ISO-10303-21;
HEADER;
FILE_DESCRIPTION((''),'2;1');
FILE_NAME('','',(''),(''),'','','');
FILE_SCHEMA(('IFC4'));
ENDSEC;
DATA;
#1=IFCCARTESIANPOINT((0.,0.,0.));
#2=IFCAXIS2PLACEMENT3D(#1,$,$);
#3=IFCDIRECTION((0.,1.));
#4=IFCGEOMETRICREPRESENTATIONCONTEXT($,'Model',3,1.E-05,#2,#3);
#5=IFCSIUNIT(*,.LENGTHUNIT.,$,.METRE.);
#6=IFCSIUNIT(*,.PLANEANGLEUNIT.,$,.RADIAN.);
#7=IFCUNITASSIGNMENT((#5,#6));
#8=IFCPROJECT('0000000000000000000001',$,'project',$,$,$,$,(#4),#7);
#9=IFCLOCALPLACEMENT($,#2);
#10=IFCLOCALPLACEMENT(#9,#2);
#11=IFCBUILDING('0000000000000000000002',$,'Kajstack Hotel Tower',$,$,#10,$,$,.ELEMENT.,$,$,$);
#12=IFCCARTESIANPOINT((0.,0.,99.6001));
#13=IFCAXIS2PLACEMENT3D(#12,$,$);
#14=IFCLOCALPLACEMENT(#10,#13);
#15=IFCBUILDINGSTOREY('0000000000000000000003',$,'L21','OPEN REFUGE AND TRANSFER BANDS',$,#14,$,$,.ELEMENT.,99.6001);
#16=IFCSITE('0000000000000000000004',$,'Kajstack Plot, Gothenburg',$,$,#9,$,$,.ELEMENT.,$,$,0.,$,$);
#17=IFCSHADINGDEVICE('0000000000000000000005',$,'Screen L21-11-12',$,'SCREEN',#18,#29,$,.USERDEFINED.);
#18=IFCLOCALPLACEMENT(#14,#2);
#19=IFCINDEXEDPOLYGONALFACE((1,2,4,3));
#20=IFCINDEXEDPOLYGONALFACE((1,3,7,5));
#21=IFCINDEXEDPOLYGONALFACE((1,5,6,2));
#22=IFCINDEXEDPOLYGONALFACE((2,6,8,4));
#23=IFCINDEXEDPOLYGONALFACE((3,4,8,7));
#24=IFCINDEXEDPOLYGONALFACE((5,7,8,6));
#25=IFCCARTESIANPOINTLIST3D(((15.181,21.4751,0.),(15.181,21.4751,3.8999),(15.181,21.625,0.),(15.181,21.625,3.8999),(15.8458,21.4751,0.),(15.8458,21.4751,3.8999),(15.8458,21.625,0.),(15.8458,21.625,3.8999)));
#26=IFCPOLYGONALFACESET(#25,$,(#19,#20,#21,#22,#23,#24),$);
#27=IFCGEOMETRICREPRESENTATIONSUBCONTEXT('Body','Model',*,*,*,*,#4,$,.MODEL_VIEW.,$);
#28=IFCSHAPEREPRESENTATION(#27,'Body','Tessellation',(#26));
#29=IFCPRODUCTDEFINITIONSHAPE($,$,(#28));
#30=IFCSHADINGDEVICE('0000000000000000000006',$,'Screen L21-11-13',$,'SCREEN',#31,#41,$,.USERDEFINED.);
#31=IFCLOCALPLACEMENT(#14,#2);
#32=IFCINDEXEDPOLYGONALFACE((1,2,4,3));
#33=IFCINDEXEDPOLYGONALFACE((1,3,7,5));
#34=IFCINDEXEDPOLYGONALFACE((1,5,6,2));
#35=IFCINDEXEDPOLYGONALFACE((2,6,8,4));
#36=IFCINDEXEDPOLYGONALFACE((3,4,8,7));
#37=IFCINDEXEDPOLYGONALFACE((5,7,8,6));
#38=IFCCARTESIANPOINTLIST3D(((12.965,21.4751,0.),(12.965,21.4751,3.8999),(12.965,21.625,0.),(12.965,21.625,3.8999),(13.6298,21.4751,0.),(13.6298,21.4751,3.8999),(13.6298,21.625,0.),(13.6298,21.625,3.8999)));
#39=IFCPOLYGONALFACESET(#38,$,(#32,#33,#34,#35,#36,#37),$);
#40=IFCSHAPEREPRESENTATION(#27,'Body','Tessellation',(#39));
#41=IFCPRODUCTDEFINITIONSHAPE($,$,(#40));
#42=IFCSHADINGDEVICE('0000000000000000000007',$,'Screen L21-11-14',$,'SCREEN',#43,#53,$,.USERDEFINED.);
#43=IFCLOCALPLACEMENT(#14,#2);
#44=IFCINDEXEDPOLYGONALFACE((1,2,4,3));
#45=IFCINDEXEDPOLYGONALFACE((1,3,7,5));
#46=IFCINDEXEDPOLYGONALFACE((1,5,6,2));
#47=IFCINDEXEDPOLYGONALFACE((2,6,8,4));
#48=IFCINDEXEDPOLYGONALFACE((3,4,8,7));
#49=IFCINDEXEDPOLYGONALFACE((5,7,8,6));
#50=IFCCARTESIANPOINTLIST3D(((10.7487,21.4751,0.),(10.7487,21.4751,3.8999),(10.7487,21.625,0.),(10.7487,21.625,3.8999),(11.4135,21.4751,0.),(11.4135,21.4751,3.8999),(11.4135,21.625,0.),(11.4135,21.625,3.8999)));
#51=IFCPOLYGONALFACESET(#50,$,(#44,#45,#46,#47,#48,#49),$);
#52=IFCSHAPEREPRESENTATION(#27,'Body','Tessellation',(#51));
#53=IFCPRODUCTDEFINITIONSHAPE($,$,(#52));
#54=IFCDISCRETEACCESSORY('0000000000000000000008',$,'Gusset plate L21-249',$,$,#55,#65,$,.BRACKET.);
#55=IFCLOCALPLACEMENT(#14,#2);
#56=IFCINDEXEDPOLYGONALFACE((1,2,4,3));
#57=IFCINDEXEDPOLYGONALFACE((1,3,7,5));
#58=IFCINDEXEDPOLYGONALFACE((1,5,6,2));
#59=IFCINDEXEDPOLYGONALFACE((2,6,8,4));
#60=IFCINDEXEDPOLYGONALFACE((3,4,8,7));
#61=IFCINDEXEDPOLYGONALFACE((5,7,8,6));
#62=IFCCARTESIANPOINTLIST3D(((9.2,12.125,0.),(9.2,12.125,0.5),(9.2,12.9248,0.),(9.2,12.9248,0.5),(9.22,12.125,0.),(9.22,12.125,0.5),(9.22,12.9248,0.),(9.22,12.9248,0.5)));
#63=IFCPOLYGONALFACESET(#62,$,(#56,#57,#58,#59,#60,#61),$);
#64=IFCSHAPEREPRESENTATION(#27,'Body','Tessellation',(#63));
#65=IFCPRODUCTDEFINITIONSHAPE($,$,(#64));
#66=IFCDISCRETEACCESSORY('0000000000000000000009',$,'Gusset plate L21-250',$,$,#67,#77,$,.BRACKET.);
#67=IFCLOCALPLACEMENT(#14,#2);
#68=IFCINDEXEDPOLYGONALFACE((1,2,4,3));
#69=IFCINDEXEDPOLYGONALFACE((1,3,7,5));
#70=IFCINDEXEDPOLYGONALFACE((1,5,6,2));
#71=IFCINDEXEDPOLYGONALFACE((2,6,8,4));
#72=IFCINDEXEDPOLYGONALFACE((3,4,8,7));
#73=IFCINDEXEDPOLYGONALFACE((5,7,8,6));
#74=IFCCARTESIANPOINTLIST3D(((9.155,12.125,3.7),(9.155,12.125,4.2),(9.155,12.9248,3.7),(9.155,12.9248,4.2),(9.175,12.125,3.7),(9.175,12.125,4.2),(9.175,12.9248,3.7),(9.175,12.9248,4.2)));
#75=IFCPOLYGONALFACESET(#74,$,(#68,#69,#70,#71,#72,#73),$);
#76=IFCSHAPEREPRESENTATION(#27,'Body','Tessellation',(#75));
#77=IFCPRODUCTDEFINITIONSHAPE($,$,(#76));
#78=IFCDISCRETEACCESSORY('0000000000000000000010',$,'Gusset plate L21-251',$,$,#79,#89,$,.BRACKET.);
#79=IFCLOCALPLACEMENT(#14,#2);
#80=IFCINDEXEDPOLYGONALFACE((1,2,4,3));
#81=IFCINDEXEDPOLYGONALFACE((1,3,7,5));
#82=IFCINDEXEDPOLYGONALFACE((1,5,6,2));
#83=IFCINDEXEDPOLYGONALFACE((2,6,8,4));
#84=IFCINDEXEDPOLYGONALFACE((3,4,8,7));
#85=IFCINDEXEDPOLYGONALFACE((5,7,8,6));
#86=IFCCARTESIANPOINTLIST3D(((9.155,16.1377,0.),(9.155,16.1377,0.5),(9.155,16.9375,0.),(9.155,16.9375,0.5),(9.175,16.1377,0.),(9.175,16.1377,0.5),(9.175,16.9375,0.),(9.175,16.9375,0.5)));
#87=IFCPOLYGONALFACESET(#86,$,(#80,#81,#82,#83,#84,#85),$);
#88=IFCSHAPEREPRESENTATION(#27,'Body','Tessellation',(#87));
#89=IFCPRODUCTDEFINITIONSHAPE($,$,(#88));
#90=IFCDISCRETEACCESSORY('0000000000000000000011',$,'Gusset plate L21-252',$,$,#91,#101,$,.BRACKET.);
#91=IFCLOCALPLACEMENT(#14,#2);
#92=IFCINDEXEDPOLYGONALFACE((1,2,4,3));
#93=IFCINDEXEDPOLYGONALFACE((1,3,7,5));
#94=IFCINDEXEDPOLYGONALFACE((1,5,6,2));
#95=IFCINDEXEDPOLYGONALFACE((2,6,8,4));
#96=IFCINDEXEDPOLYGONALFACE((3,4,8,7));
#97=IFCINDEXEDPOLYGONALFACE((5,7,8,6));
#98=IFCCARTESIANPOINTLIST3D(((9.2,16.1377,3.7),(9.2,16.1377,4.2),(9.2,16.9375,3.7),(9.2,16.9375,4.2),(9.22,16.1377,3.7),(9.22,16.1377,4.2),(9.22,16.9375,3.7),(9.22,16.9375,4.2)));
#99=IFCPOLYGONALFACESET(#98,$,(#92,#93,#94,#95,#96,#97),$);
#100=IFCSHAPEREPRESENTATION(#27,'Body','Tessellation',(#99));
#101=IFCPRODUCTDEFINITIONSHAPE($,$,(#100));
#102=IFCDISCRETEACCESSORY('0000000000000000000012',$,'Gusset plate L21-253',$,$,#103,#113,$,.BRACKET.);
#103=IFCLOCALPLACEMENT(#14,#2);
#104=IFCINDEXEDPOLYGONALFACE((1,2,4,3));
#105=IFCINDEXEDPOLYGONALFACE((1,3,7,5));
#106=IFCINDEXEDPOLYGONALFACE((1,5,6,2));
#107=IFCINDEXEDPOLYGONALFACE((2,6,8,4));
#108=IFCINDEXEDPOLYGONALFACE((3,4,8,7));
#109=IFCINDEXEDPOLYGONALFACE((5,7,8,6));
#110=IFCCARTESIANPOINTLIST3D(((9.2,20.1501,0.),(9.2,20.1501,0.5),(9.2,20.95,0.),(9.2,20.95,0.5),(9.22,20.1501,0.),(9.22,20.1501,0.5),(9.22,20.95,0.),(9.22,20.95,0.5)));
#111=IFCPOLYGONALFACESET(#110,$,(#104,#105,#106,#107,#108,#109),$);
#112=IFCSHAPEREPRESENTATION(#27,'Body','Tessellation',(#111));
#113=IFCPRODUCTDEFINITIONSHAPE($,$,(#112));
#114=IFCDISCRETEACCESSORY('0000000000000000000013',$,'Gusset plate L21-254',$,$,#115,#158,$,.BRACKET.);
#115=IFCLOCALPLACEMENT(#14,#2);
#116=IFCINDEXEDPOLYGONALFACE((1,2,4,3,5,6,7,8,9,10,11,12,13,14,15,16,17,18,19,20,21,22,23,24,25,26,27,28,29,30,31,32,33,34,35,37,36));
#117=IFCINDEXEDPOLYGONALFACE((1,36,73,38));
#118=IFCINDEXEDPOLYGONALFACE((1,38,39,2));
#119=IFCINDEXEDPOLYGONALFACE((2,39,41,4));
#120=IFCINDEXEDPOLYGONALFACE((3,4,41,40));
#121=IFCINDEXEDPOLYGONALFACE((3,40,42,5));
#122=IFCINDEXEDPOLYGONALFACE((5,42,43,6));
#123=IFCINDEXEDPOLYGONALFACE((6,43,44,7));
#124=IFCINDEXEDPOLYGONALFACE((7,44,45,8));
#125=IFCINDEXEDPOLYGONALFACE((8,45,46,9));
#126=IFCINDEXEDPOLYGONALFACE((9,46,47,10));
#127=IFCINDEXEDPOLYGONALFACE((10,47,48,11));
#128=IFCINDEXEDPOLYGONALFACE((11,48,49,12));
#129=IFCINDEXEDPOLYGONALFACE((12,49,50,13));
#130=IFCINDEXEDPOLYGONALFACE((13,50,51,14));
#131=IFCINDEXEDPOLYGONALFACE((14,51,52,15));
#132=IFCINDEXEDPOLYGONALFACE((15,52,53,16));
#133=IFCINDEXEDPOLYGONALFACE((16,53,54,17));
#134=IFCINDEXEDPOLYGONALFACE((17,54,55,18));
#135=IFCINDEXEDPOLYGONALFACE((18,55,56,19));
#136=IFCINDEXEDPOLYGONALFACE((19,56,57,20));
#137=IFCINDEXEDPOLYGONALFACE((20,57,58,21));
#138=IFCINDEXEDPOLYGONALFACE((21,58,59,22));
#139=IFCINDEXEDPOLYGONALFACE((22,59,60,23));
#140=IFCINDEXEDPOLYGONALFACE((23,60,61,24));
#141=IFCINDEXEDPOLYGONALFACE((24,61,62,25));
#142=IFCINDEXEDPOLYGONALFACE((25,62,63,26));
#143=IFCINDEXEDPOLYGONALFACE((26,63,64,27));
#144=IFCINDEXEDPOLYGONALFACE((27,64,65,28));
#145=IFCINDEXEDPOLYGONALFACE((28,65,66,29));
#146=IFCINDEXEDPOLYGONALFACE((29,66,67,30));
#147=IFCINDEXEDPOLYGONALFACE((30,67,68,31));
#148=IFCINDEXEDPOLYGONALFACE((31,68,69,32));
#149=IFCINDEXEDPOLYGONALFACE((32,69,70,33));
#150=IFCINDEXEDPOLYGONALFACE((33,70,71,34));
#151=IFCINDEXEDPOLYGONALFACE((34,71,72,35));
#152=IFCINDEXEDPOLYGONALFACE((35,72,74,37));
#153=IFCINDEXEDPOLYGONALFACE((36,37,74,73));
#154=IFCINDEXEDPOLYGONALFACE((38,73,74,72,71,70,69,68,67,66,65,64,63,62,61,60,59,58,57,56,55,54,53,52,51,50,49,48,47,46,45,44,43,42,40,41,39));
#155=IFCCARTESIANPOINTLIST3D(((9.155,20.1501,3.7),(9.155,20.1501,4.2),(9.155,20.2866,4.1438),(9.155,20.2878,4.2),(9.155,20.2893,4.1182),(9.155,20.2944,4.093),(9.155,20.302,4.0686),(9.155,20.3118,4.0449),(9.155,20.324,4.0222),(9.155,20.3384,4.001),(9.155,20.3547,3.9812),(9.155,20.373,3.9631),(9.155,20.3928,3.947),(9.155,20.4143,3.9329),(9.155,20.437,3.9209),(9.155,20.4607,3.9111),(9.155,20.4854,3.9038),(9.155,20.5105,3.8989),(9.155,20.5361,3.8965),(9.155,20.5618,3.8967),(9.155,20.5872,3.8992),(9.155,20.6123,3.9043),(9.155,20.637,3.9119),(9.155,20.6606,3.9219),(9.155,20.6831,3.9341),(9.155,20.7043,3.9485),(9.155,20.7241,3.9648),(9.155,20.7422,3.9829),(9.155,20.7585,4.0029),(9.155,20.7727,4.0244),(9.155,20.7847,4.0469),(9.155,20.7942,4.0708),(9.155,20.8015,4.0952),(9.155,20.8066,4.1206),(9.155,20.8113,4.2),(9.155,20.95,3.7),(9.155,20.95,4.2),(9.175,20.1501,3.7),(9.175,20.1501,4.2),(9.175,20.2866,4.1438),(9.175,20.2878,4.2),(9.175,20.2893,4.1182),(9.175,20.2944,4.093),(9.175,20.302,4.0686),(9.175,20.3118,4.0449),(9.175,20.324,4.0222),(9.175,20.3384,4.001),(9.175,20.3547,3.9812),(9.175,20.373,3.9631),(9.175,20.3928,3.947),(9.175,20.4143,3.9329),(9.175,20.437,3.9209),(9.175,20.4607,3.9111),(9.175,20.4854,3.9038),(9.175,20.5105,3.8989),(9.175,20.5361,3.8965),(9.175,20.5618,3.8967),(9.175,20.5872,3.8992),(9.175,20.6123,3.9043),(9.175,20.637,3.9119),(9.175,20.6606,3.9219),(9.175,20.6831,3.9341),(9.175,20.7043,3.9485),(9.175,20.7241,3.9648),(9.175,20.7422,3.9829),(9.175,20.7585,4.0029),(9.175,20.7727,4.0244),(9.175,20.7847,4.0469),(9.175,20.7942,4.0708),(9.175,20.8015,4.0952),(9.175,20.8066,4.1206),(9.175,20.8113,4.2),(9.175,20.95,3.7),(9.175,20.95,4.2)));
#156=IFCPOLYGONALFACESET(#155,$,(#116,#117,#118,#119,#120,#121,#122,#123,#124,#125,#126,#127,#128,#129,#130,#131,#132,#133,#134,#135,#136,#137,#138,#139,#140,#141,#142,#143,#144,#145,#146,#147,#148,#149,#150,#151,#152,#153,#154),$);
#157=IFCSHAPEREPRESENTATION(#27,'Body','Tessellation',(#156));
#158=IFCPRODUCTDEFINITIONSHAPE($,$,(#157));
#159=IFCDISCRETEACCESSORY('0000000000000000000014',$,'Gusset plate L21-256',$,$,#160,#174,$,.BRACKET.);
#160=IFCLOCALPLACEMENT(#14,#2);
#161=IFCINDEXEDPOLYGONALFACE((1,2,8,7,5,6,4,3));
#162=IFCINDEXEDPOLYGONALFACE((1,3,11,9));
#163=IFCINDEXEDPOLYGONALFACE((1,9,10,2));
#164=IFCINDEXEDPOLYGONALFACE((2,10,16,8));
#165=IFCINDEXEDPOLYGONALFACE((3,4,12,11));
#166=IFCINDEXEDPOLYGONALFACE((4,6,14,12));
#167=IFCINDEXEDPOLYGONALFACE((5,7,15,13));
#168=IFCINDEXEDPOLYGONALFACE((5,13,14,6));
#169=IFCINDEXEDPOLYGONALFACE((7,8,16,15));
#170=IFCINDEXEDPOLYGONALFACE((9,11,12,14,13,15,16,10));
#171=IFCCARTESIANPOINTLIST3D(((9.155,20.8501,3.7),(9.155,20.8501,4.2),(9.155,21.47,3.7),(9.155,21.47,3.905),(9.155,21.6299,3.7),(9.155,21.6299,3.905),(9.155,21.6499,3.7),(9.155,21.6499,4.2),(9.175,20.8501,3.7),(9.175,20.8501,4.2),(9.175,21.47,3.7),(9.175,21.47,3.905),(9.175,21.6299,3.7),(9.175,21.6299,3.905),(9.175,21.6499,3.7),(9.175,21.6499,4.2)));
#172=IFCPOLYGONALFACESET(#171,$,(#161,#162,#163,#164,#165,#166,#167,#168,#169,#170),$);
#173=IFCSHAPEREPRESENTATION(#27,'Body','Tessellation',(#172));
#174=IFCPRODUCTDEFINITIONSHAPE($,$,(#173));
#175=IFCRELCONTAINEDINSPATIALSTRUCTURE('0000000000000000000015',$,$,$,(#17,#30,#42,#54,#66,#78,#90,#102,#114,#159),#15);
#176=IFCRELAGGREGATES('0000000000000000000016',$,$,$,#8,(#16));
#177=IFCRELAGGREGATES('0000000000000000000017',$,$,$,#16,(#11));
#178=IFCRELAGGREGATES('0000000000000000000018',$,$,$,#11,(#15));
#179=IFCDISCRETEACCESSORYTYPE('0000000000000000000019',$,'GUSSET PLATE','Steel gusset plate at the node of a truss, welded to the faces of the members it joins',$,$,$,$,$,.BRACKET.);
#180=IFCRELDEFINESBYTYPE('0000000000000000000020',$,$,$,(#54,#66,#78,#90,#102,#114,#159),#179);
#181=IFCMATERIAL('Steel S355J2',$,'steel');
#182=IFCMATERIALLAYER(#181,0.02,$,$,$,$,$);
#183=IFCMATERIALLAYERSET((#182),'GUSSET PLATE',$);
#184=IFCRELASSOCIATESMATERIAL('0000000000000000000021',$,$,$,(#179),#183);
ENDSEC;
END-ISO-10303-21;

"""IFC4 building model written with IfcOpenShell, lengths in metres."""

from ifc_helpers import new_model, si_unit, direction, frame, origin, origin_2d, place, context, subcontext, project, spatial, polyline, rectangle, outline, extrude, material, layer, layer_set, type_object, element, save


model = new_model("IFC4")

# Units and contexts
model_context = context("Model", 3, precision=1e-05, world=origin(), true_north=direction((0.0, 1.0)))
body_context = subcontext(model_context, "Body", "Model", "MODEL_VIEW")
ifc_project = project(units=[si_unit("LENGTHUNIT", "METRE"), si_unit("PLANEANGLEUNIT", "RADIAN")], contexts=[model_context])

# Site, building, storey
site_placement = place(None, origin())
site = spatial("IfcSite", under=ifc_project, at=site_placement, Name="Kajstack Plot, Gothenburg", CompositionType="ELEMENT", RefElevation=0.0)
building_placement = place(site_placement, origin())
building = spatial("IfcBuilding", under=site, at=building_placement, Name="Kajstack Hotel Tower", CompositionType="ELEMENT")
storey_placement = place(building_placement, frame((0.0, 0.0, 99.6001)))
storey = spatial("IfcBuildingStorey", under=building, at=storey_placement, Name="L21", Description="OPEN REFUGE AND TRANSFER BANDS", CompositionType="ELEMENT", Elevation=99.6001)

# Shared definitions
ifc_material_1 = material(Name="Steel S355J2", Category="steel")

# Shading devices
for number, where, z_axis, x_axis, name in (
    (1, (15.5134, 21.55, 0.0), (0.0, 0.0, 1.0), (-1.0, 0.0, 0.0), "Screen L21-11-12"),
    (2, (13.2974, 21.55, 0.0), (0.0, 0.0, 1.0), (-1.0, 0.0, 0.0), "Screen L21-11-13"),
    (3, (11.0811, 21.55, 0.0), (0.0, 0.0, 1.0), (-1.0, 0.0, 0.0), "Screen L21-11-14"),
):
    element("IfcShadingDevice", number, at=place(storey_placement, frame(where, z_axis=z_axis, x_axis=x_axis)), inside=storey, Name=name, ObjectType="SCREEN", PredefinedType="USERDEFINED", context=body_context, shape_type="SweptSolid", body=[
        extrude(rectangle(XDim=0.6648, YDim=0.1499, at=origin_2d()), origin(), (0.0, 0.0, 1.0), 3.8999),
    ])

# Discrete accessories
ifc_layer_1 = layer(ifc_material_1, 0.02)
ifc_layer_set_1 = layer_set([ifc_layer_1], Name="GUSSET PLATE")
discrete_accessory_type = type_object("IfcDiscreteAccessoryType", Name="GUSSET PLATE", Description="Steel gusset plate at the node of a truss, welded to the faces of the members it joins", PredefinedType="BRACKET", material=ifc_layer_set_1)
for number, where, z_axis, x_axis, name in (
    (4, (9.2, 12.5249, 0.0), (1.0, 0.0, 0.0), (0.0, 1.0, 0.0), "Gusset plate L21-249"),
    (5, (9.155, 12.5249, 3.7), (1.0, 0.0, 0.0), (0.0, 1.0, 0.0), "Gusset plate L21-250"),
    (6, (9.155, 16.5376, 0.0), (1.0, 0.0, 0.0), (0.0, 1.0, 0.0), "Gusset plate L21-251"),
    (7, (9.2, 16.5376, 3.7), (1.0, 0.0, 0.0), (0.0, 1.0, 0.0), "Gusset plate L21-252"),
    (8, (9.2, 20.55, 0.0), (1.0, 0.0, 0.0), (0.0, 1.0, 0.0), "Gusset plate L21-253"),
):
    element("IfcDiscreteAccessory", number, at=place(storey_placement, frame(where, z_axis=z_axis, x_axis=x_axis)), inside=storey, type_object=discrete_accessory_type, Name=name, PredefinedType="BRACKET", context=body_context, shape_type="SweptSolid", body=[
        extrude(outline(polyline([(-0.3999, 0.0), (0.3999, 0.0), (0.3999, 0.5), (-0.3999, 0.5), (-0.3999, 0.0)])), origin(), (0.0, 0.0, 1.0), 0.02),
    ])
discrete_accessory_1_placement = place(storey_placement, frame((9.155, 20.55, 3.7), z_axis=(1.0, 0.0, 0.0), x_axis=(0.0, 1.0, 0.0)))
element("IfcDiscreteAccessory", 9, at=discrete_accessory_1_placement, inside=storey, type_object=discrete_accessory_type, Name="Gusset plate L21-254", PredefinedType="BRACKET", context=body_context, shape_type="SweptSolid", body=[
    extrude(outline(polyline([(0.3999, 0.5), (0.2612, 0.5), (0.2566, 0.4207), (0.2515, 0.3953), (0.2441, 0.3708), (0.2346, 0.3469), (0.2227, 0.3245), (0.2085, 0.303), (0.1921, 0.283), (0.1741, 0.2649), (0.1543, 0.2485), (0.1331, 0.2341), (0.1106, 0.2219), (0.0869, 0.2119), (0.0623, 0.2043), (0.0371, 0.1992), (0.0117, 0.1968), (-0.0139, 0.1965), (-0.0396, 0.199), (-0.0647, 0.2039), (-0.0894, 0.2112), (-0.113, 0.2209), (-0.1357, 0.2329), (-0.1572, 0.2471), (-0.177, 0.2632), (-0.1953, 0.2812), (-0.2117, 0.301), (-0.2261, 0.3223), (-0.2383, 0.345), (-0.248, 0.3687), (-0.2556, 0.3931), (-0.2607, 0.4182), (-0.2634, 0.4438), (-0.2622, 0.5), (-0.3999, 0.5), (-0.3999, 0.0), (0.3999, 0.0), (0.3999, 0.5)])), origin(), (0.0, 0.0, 1.0), 0.02),
])
discrete_accessory_2_placement = place(storey_placement, frame((9.155, 21.25, 3.7), z_axis=(1.0, 0.0, 0.0), x_axis=(0.0, 1.0, 0.0)))
element("IfcDiscreteAccessory", 10, at=discrete_accessory_2_placement, inside=storey, type_object=discrete_accessory_type, Name="Gusset plate L21-256", PredefinedType="BRACKET", context=body_context, shape_type="SweptSolid", body=[
    extrude(outline(polyline([(-0.3999, 0.0), (0.22, 0.0), (0.22, 0.2051), (0.3799, 0.2051), (0.3799, 0.0), (0.3999, 0.0), (0.3999, 0.5), (-0.3999, 0.5), (-0.3999, 0.0)])), origin(), (0.0, 0.0, 1.0), 0.02),
])

save(model, "model.ifc")
